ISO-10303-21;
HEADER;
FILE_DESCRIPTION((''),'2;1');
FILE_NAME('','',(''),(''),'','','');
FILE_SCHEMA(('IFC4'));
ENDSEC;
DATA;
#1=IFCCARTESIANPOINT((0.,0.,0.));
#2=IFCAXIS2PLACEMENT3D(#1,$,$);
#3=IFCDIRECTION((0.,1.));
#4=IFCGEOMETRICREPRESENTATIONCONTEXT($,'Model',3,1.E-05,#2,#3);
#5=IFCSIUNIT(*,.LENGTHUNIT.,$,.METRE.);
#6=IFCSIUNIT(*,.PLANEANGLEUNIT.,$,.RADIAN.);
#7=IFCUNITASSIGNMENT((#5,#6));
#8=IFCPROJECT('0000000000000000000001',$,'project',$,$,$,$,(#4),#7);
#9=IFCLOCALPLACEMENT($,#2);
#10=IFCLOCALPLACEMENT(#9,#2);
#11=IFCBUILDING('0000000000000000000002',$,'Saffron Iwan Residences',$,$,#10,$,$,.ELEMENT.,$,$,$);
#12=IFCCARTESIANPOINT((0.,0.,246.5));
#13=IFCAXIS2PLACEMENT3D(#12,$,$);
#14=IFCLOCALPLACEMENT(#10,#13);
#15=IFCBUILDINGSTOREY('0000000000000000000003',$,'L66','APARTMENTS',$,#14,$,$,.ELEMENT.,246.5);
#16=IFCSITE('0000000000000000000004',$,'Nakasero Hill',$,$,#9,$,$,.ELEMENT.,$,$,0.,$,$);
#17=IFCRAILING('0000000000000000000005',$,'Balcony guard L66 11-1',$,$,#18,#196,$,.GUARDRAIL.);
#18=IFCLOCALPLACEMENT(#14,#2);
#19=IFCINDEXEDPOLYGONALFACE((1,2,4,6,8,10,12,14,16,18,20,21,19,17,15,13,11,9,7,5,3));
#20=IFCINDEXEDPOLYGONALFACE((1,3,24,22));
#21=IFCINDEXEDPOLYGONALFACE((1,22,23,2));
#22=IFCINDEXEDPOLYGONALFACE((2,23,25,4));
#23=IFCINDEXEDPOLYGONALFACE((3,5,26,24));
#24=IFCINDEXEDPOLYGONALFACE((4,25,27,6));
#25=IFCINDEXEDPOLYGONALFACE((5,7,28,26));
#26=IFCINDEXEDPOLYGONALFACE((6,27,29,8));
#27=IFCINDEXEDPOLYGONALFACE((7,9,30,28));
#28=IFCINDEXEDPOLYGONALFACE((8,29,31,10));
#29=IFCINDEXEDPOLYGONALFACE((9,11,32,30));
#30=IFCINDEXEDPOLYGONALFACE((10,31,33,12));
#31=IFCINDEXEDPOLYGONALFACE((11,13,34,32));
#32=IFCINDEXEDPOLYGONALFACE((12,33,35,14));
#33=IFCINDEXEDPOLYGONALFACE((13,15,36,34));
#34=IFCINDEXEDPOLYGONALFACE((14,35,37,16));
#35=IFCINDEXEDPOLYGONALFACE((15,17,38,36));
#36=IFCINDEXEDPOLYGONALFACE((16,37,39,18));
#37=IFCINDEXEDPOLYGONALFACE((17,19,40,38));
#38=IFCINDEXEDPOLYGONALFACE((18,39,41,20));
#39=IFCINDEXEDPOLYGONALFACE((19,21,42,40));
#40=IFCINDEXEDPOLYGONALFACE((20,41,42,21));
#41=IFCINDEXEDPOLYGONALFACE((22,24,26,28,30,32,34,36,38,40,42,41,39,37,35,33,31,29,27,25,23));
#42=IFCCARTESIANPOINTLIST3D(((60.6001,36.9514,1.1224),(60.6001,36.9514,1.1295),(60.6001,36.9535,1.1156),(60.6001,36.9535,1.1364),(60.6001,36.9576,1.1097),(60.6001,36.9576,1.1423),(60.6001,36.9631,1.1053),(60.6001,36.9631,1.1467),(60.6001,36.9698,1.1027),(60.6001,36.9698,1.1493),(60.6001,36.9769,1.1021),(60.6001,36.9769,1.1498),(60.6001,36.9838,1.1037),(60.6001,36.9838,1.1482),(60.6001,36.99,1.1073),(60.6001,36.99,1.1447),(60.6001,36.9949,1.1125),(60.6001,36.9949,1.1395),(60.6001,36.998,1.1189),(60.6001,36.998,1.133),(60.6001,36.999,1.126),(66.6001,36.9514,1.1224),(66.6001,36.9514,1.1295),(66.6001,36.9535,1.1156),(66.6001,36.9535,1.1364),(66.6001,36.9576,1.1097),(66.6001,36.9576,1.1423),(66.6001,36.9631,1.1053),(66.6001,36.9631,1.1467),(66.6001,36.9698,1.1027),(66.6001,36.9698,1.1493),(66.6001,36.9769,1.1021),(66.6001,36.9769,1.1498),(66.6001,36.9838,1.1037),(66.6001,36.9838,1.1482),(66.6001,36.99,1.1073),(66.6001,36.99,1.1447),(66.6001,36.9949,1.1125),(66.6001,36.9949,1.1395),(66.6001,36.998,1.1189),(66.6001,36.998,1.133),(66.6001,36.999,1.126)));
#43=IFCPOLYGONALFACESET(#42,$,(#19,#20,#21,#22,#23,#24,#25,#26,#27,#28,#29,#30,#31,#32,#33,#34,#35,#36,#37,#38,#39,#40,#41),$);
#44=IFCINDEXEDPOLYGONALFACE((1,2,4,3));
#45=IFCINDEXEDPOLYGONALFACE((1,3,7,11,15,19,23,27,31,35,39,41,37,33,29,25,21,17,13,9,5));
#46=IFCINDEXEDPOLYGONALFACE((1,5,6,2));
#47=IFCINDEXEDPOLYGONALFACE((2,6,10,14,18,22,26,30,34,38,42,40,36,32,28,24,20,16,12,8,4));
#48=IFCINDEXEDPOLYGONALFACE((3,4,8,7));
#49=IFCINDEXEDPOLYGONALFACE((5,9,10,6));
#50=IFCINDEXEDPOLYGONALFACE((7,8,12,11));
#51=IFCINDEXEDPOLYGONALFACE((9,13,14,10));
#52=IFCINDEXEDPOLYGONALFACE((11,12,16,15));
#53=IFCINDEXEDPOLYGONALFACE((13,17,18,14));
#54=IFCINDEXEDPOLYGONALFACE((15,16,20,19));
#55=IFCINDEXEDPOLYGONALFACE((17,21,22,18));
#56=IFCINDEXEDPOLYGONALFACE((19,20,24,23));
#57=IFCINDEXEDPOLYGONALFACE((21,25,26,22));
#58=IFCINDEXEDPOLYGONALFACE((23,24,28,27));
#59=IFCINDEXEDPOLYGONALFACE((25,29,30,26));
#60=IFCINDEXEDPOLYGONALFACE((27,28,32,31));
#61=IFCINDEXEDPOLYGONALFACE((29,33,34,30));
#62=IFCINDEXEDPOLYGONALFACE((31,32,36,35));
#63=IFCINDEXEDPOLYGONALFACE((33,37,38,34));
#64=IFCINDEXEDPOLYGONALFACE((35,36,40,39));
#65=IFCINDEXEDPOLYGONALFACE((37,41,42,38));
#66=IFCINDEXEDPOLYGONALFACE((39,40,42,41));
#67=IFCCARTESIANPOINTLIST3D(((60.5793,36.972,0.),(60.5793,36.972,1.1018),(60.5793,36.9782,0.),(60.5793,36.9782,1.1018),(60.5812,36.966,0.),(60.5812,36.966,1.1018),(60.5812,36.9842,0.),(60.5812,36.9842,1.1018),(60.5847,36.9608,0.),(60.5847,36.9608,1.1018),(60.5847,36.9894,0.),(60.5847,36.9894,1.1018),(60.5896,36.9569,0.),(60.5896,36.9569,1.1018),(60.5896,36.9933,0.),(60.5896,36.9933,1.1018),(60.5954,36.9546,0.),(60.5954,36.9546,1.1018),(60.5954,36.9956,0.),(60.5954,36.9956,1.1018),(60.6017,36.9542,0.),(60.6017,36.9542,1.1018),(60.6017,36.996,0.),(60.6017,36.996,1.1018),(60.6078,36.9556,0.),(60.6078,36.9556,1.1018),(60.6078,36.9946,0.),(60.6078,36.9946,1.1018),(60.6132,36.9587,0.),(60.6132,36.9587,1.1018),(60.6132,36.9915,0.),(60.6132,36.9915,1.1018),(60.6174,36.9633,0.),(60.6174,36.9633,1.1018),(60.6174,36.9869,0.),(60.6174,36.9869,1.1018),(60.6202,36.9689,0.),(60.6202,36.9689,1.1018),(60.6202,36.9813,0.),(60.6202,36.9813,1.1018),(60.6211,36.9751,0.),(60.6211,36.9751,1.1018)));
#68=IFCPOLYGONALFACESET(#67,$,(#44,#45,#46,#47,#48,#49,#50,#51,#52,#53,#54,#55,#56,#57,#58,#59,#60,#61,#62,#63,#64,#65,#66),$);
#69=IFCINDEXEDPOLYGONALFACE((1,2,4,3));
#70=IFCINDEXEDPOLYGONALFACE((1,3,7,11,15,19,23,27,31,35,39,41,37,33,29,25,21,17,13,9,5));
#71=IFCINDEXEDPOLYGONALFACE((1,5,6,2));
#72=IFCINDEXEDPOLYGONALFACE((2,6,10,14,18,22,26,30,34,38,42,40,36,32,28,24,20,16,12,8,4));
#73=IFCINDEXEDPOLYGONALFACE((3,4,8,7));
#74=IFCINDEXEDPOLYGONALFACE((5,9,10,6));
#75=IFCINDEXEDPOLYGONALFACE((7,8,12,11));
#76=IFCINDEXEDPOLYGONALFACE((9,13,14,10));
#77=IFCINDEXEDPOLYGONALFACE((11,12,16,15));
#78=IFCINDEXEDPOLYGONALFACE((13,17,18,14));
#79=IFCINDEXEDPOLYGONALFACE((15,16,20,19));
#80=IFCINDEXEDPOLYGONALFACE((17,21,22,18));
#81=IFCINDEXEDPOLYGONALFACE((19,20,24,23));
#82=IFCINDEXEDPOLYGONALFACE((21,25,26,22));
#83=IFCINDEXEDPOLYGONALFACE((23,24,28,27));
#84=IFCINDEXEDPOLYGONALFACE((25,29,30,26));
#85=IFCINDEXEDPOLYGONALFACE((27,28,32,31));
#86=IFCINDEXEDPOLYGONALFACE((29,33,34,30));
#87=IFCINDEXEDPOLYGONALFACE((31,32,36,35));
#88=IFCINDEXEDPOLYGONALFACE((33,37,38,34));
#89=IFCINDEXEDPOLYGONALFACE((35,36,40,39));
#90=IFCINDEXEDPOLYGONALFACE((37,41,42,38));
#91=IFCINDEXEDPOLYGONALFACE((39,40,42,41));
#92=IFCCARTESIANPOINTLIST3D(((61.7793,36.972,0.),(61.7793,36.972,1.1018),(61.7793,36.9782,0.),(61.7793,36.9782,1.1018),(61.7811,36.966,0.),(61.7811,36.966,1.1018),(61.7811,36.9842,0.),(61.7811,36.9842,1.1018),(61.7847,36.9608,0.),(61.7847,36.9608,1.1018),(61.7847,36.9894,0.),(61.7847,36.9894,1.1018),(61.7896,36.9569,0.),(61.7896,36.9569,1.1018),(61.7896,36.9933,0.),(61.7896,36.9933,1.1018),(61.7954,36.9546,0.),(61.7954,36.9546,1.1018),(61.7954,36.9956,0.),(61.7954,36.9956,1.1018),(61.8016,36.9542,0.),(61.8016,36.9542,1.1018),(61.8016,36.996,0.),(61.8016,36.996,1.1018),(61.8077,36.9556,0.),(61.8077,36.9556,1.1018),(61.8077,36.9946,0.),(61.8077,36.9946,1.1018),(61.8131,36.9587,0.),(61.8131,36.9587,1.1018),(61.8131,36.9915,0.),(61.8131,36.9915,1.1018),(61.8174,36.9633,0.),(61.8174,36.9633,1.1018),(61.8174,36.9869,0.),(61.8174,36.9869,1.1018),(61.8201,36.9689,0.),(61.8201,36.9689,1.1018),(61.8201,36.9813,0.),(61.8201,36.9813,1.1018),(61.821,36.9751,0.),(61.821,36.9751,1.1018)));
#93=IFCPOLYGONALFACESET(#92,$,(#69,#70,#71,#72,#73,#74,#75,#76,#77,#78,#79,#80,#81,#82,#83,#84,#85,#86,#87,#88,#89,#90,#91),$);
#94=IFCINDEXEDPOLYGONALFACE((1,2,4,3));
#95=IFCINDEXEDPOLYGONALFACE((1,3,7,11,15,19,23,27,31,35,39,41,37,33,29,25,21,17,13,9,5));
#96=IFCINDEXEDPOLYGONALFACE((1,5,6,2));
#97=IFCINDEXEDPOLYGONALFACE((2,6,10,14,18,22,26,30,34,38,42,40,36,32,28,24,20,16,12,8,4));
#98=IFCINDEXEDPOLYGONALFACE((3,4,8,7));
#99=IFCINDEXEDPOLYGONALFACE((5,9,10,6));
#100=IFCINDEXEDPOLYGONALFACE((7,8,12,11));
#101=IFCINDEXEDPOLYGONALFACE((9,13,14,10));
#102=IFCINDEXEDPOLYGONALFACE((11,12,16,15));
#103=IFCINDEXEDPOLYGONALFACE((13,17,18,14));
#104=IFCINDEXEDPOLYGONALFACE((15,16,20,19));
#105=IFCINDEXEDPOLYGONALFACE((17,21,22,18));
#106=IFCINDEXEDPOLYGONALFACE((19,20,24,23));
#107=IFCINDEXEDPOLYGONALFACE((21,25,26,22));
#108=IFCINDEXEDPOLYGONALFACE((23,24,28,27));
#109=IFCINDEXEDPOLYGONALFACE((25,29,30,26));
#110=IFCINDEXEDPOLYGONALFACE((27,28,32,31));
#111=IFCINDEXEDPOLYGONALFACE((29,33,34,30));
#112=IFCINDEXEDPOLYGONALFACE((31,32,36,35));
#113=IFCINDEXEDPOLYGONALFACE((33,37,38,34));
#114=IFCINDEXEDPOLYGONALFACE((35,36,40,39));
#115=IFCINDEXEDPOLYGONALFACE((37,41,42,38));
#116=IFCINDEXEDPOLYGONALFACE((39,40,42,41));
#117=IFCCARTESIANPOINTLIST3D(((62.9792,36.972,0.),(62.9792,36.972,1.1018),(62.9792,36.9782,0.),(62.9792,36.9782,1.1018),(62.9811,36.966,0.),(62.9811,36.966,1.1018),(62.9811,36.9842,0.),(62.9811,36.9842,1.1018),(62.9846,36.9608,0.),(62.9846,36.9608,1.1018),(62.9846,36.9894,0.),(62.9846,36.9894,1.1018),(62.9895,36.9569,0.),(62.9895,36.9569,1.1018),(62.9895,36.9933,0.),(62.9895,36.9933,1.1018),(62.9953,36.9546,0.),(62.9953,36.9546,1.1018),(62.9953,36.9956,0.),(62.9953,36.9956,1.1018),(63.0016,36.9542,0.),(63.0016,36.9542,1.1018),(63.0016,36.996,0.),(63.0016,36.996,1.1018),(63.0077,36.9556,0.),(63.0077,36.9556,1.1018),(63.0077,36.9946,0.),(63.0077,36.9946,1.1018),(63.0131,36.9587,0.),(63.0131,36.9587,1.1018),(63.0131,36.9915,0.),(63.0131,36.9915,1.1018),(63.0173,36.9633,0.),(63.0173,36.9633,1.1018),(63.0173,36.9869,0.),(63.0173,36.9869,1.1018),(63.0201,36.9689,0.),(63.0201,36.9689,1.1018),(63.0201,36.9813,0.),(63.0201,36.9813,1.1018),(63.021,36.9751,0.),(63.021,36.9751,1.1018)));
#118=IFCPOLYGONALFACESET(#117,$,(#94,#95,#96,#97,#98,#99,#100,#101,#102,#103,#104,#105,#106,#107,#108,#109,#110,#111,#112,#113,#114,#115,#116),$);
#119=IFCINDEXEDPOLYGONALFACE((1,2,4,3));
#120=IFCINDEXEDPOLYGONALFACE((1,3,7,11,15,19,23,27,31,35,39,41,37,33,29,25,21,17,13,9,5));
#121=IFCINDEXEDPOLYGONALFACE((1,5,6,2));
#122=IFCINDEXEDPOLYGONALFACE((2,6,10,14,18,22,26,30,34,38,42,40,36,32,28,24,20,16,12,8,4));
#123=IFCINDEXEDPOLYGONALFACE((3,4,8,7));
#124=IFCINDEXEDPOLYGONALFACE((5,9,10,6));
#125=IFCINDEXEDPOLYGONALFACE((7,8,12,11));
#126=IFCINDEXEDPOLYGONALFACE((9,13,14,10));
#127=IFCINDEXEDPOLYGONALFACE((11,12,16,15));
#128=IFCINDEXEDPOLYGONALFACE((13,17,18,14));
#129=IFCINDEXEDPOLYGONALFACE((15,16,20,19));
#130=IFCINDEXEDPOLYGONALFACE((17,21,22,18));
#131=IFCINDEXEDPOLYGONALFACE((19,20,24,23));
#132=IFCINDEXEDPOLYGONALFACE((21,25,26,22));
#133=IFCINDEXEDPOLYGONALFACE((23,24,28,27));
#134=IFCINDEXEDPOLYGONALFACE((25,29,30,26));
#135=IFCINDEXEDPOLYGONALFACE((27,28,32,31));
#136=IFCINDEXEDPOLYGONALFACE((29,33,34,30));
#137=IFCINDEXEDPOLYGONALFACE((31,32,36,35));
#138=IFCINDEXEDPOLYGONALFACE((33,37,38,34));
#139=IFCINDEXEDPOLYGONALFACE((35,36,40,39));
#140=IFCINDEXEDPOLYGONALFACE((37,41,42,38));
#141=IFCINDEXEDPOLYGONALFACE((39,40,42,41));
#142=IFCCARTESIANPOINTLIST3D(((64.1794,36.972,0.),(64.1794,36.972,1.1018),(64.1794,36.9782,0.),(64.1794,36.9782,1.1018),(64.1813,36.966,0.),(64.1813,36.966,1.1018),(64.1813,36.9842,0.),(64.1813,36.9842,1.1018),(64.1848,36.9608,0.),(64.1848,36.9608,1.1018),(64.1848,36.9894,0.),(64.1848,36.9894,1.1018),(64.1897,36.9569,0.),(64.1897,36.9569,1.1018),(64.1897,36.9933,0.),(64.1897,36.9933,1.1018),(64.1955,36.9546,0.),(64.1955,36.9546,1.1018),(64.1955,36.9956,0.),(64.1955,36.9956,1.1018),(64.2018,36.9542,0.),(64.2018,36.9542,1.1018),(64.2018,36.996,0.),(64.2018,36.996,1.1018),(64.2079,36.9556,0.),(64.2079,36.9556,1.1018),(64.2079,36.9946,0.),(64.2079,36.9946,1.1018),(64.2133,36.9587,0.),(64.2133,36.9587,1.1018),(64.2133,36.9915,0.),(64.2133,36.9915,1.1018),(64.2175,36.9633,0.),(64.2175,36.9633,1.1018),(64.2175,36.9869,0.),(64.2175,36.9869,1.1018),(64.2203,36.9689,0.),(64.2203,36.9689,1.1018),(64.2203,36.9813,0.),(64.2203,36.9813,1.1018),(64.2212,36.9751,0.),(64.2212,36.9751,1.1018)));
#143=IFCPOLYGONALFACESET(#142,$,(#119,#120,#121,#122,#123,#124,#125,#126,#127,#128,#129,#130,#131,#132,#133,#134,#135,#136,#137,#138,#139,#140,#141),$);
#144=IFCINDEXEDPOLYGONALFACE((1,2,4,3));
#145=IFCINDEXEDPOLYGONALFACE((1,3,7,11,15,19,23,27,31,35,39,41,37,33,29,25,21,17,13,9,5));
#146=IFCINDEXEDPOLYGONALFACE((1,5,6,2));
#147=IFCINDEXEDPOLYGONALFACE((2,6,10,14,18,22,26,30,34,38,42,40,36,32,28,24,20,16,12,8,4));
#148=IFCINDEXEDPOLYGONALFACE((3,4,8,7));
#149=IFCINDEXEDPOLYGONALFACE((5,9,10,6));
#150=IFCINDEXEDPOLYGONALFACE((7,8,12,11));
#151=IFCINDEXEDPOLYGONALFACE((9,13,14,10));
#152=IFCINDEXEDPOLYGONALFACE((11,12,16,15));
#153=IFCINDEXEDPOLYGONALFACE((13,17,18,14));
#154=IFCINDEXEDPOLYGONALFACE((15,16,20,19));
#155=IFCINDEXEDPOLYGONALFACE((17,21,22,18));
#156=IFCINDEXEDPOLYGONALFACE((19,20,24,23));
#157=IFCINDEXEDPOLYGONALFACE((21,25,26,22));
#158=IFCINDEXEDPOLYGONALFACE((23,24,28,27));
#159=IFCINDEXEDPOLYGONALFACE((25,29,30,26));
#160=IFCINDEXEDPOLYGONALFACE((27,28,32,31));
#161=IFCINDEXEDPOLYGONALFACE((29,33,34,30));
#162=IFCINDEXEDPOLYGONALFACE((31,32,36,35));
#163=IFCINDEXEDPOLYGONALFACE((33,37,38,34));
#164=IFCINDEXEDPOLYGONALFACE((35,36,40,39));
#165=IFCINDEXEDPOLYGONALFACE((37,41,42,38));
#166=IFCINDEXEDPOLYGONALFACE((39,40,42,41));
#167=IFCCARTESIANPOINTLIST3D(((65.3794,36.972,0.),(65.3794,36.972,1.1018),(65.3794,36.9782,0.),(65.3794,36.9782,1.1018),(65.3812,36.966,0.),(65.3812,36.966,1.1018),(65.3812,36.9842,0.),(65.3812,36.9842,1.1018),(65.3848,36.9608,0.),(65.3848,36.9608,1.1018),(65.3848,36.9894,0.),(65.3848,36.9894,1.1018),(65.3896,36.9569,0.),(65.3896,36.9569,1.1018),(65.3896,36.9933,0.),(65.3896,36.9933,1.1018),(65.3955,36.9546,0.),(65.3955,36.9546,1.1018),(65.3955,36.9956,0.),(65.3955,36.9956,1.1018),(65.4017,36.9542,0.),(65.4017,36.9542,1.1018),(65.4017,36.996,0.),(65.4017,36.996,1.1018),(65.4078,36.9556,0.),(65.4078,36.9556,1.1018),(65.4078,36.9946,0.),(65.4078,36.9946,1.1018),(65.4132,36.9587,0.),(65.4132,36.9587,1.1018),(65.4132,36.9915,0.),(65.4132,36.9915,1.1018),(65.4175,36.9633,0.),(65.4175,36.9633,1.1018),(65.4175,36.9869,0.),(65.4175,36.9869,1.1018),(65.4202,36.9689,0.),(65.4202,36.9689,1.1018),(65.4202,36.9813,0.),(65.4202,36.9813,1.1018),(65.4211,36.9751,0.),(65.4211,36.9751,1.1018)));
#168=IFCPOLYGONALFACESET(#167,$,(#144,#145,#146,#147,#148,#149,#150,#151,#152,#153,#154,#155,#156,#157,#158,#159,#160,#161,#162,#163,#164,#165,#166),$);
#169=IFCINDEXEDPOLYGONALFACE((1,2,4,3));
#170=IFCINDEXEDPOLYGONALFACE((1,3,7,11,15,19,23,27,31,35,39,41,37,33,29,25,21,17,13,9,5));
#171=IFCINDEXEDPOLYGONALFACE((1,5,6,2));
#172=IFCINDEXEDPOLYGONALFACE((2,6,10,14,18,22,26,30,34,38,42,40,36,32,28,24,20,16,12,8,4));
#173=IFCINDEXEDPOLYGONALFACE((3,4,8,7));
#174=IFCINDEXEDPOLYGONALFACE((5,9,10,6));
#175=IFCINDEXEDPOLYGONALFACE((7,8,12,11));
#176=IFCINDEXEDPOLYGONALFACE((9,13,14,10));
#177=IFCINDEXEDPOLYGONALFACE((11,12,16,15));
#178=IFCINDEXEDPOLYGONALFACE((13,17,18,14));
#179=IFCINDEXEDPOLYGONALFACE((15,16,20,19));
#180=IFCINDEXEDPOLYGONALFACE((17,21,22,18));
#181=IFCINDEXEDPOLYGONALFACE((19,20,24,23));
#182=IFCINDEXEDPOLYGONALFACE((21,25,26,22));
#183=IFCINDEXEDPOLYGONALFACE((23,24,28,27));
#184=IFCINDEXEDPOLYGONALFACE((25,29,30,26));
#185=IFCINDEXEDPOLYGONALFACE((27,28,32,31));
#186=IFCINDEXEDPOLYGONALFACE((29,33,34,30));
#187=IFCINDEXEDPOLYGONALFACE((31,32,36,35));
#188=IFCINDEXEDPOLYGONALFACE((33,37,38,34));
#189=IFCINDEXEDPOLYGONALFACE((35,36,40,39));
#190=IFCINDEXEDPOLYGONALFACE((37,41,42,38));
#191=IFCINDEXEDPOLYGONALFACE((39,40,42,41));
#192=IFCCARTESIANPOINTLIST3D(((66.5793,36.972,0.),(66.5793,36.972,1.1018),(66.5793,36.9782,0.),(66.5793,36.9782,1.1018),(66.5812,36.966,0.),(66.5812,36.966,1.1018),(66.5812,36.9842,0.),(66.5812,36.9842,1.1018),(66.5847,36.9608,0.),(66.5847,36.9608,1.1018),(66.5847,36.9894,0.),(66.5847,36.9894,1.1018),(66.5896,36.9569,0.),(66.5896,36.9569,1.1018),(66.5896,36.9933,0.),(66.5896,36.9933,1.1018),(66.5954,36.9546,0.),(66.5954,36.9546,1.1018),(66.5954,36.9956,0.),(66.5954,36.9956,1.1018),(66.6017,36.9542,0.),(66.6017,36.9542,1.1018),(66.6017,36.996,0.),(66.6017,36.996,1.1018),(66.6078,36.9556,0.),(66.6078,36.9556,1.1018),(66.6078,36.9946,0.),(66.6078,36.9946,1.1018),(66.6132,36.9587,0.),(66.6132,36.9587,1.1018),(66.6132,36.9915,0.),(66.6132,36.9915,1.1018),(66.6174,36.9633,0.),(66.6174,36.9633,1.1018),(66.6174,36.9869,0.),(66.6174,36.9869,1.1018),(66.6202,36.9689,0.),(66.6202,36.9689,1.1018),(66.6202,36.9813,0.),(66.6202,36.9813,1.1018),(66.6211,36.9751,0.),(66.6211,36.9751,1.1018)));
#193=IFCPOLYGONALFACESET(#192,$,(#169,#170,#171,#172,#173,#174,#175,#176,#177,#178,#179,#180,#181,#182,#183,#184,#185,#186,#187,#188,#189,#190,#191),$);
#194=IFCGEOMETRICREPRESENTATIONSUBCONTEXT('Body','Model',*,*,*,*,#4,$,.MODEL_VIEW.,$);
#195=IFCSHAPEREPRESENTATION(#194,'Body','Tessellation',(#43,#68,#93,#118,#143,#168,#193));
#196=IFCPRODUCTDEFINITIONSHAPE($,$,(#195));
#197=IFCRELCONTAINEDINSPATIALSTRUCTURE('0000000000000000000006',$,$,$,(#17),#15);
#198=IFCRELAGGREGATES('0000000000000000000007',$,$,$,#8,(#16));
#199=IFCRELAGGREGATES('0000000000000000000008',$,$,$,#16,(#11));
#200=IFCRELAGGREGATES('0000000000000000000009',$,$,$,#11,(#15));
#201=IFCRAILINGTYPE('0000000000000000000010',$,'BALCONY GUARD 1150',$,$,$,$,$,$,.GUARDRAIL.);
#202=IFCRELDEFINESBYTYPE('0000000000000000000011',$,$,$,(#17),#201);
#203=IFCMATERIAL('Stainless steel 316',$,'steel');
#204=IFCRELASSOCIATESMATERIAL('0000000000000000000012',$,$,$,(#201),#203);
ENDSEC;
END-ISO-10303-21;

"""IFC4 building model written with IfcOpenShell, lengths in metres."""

from ifc_helpers import new_model, si_unit, direction, frame, origin, origin_2d, place, context, subcontext, project, spatial, circle, extrude, material, type_object, element, save


model = new_model("IFC4")

# Units and contexts
model_context = context("Model", 3, precision=1e-05, world=origin(), true_north=direction((0.0, 1.0)))
body_context = subcontext(model_context, "Body", "Model", "MODEL_VIEW")
ifc_project = project(units=[si_unit("LENGTHUNIT", "METRE"), si_unit("PLANEANGLEUNIT", "RADIAN")], contexts=[model_context])

# Site, building, storey
site_placement = place(None, origin())
site = spatial("IfcSite", under=ifc_project, at=site_placement, Name="Nakasero Hill", CompositionType="ELEMENT", RefElevation=0.0)
building_placement = place(site_placement, origin())
building = spatial("IfcBuilding", under=site, at=building_placement, Name="Saffron Iwan Residences", CompositionType="ELEMENT")
storey_placement = place(building_placement, frame((0.0, 0.0, 246.5)))
storey = spatial("IfcBuildingStorey", under=building, at=storey_placement, Name="L66", Description="APARTMENTS", CompositionType="ELEMENT", Elevation=246.5)

# Railing
ifc_material_1 = material(Name="Stainless steel 316", Category="steel")
railing_type = type_object("IfcRailingType", Name="BALCONY GUARD 1150", PredefinedType="GUARDRAIL", material=ifc_material_1)
railing_placement = place(storey_placement, frame((60.6001, 36.9751, 0.0)))
element("IfcRailing", 1, at=railing_placement, inside=storey, type_object=railing_type, Name="Balcony guard L66 11-1", PredefinedType="GUARDRAIL", context=body_context, shape_type="SweptSolid", body=[
    extrude(circle(Radius=0.0239, at=origin_2d()), frame((0.0, 0.0, 1.126), z_axis=(1.0, 0.0, 0.0), x_axis=(0.0, 1.0, 0.0)), (0.0, 0.0, 1.0), 6.0),
    extrude(circle(Radius=0.021, at=origin_2d()), origin(), (0.0, 0.0, 1.0), 1.1018),
    extrude(circle(Radius=0.021, at=origin_2d()), frame((1.2, 0.0, 0.0)), (0.0, 0.0, 1.0), 1.1018),
    extrude(circle(Radius=0.021, at=origin_2d()), frame((2.3999, 0.0, 0.0)), (0.0, 0.0, 1.0), 1.1018),
    extrude(circle(Radius=0.021, at=origin_2d()), frame((3.6001, 0.0, 0.0)), (0.0, 0.0, 1.0), 1.1018),
    extrude(circle(Radius=0.021, at=origin_2d()), frame((4.8, 0.0, 0.0)), (0.0, 0.0, 1.0), 1.1018),
    extrude(circle(Radius=0.021, at=origin_2d()), frame((6.0, 0.0, 0.0)), (0.0, 0.0, 1.0), 1.1018),
])

save(model, "model.ifc")
